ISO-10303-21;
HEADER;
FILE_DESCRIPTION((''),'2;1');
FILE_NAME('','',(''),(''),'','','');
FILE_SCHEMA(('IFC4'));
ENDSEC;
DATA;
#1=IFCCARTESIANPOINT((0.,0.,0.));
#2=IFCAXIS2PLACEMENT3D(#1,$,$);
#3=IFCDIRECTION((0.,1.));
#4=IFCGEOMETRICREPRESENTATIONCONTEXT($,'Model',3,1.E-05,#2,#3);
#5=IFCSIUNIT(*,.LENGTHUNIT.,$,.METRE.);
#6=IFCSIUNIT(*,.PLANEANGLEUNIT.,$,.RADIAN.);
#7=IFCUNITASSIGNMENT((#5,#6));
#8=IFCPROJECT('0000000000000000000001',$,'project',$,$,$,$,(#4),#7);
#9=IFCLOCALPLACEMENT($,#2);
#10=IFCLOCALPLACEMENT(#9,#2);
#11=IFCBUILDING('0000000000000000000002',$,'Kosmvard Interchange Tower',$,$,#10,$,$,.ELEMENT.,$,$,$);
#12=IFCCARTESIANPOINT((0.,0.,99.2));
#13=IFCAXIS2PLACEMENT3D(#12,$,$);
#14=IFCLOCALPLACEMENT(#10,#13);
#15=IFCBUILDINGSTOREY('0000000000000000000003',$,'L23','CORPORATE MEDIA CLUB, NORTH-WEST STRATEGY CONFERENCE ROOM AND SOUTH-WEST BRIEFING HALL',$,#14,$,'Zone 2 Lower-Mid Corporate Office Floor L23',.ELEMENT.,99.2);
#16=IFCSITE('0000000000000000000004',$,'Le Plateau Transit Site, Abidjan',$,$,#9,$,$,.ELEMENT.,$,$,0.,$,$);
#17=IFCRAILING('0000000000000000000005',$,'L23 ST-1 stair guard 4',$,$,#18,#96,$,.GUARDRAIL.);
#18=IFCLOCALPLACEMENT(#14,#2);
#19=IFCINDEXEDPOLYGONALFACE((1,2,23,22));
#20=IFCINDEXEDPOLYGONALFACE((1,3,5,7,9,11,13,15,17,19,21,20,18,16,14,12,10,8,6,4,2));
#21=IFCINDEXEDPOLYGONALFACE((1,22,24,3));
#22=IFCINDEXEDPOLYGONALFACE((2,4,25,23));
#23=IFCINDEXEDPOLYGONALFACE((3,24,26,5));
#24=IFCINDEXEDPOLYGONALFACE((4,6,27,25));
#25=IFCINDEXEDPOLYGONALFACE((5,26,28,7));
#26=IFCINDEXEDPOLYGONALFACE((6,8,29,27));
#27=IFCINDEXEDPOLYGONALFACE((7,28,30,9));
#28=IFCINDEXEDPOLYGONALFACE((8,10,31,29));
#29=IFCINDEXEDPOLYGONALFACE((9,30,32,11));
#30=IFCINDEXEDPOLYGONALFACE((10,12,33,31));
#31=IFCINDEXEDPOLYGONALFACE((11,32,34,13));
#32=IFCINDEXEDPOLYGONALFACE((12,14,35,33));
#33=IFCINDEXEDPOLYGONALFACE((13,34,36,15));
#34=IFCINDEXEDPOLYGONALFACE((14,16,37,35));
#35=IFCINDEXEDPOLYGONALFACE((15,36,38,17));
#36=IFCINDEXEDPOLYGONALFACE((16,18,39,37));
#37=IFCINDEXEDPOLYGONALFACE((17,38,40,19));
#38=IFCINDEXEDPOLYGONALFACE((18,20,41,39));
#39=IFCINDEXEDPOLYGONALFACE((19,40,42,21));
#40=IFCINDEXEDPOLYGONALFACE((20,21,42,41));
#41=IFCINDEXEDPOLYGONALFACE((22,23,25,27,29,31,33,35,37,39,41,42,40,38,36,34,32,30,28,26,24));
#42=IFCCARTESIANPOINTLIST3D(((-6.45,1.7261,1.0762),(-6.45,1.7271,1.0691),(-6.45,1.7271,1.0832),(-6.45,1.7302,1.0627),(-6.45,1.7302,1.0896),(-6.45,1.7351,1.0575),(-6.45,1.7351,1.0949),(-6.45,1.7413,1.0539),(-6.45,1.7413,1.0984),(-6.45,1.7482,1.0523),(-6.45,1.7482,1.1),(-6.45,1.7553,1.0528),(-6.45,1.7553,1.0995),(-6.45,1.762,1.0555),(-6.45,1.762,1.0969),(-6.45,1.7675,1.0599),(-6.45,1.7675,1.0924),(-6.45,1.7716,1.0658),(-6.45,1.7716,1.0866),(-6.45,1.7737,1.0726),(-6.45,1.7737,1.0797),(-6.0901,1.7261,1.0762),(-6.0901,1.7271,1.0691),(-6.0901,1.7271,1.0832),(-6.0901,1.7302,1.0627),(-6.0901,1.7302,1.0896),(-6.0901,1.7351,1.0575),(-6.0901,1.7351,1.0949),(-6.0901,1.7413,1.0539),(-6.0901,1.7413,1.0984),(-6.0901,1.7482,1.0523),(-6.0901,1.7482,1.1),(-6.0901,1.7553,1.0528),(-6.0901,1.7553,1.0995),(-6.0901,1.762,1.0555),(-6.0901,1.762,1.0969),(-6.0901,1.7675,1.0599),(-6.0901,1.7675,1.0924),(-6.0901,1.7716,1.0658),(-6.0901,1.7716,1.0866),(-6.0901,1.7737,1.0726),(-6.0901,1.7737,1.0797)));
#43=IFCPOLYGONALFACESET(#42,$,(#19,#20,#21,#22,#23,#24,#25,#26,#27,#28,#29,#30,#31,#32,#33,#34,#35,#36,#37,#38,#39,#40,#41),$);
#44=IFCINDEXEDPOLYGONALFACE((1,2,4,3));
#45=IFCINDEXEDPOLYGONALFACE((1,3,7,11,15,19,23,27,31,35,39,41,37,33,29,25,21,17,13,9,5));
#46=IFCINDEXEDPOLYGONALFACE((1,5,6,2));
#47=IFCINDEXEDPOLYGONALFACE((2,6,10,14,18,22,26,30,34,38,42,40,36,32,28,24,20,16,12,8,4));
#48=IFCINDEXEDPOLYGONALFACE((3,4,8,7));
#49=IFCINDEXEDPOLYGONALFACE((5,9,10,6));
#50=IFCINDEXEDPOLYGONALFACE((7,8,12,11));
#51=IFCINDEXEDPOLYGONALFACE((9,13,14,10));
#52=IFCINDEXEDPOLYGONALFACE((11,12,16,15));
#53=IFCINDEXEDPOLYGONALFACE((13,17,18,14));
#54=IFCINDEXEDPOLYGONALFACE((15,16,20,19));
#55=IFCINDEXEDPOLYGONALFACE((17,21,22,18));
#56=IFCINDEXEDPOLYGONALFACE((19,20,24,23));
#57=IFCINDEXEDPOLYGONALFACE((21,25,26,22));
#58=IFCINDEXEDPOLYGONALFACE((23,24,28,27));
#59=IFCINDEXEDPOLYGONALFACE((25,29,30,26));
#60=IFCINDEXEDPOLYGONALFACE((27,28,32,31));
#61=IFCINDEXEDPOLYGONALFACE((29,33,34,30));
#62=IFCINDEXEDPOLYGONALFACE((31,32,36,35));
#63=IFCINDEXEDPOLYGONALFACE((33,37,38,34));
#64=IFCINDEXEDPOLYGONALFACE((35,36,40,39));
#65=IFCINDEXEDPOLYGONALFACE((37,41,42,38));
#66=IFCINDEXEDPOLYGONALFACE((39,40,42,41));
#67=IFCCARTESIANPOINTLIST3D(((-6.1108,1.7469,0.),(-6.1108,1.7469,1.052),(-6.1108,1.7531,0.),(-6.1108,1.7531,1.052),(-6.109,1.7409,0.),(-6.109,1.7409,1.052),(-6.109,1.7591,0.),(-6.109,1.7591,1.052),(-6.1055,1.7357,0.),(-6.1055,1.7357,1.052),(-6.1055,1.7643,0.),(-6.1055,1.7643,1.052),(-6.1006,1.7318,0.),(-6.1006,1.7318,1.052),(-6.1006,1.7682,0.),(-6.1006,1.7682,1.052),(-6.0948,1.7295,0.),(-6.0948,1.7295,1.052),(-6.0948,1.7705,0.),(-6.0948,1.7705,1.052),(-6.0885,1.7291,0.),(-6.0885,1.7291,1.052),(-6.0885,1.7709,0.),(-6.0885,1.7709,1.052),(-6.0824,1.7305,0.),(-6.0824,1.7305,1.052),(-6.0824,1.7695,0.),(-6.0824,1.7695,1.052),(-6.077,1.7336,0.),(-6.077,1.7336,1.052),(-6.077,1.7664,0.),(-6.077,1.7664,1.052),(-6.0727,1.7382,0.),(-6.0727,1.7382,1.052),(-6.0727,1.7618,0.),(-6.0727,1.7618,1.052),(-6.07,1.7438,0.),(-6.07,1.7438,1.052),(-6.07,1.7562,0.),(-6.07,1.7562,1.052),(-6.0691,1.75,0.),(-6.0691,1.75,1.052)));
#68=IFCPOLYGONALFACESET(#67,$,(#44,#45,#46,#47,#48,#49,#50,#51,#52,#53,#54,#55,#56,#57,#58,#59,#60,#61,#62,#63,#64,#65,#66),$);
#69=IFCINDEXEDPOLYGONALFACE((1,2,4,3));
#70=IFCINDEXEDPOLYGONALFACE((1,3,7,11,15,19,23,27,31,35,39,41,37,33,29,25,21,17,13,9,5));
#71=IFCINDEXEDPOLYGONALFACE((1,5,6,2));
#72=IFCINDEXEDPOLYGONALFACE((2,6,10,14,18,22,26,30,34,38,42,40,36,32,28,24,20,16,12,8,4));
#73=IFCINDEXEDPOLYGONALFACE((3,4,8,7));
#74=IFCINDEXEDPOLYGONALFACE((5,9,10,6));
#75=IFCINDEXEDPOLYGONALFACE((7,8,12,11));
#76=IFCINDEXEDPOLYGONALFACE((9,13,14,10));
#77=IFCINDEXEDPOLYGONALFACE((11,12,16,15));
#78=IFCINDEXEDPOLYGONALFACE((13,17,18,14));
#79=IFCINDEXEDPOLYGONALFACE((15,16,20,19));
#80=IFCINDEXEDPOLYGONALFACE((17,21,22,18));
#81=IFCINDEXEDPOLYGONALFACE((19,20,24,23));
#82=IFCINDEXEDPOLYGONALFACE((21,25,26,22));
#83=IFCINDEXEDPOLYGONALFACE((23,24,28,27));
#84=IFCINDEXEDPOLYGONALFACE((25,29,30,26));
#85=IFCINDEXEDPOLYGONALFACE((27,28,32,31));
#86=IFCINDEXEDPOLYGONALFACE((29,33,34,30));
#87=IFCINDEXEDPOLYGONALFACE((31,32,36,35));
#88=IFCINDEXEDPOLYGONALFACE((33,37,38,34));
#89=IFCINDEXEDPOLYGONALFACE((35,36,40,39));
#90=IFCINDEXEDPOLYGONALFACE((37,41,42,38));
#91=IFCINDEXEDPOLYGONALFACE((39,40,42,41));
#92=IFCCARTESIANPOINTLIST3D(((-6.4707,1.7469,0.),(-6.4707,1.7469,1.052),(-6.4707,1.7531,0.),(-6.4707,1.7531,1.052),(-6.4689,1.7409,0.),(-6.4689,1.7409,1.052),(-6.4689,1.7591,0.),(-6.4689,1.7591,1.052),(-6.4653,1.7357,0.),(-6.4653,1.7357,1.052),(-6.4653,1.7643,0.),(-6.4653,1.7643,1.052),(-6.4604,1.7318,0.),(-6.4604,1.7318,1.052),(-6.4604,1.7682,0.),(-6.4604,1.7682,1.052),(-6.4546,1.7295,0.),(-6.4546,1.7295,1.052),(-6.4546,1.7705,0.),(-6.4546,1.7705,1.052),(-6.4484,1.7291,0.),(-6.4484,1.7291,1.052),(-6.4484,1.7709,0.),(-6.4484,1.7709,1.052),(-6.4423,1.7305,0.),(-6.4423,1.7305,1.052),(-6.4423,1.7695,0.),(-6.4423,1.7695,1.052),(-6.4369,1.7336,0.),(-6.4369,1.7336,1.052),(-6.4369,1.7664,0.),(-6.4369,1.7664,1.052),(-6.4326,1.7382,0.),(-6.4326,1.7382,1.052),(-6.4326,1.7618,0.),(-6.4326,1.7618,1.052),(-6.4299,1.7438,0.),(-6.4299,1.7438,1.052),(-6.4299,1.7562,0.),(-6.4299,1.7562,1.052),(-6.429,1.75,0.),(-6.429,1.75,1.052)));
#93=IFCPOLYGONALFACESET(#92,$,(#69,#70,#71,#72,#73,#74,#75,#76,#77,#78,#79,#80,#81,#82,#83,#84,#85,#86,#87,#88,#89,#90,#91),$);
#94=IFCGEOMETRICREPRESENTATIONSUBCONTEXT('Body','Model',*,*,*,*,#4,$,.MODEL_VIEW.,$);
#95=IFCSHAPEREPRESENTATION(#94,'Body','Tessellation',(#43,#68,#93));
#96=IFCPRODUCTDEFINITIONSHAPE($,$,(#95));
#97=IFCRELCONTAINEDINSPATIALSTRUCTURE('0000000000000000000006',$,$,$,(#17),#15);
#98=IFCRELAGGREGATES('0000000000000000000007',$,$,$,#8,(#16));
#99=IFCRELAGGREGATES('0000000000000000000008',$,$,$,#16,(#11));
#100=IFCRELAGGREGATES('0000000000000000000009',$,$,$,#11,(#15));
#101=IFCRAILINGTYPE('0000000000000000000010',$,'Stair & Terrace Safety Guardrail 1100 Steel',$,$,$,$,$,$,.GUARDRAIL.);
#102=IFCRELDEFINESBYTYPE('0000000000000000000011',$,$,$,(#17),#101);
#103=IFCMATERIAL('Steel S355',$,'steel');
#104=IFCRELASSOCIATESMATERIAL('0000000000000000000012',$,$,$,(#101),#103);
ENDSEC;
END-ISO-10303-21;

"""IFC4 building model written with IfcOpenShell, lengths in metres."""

from ifc_helpers import new_model, si_unit, direction, frame, origin, origin_2d, place, context, subcontext, project, spatial, circle, extrude, source, transform, mapped, material, type_object, element, save


model = new_model("IFC4")

# Units and contexts
model_context = context("Model", 3, precision=1e-05, world=origin(), true_north=direction((0.0, 1.0)))
body_context = subcontext(model_context, "Body", "Model", "MODEL_VIEW")
ifc_project = project(units=[si_unit("LENGTHUNIT", "METRE"), si_unit("PLANEANGLEUNIT", "RADIAN")], contexts=[model_context])

# Site, building, storey
site_placement = place(None, origin())
site = spatial("IfcSite", under=ifc_project, at=site_placement, Name="Le Plateau Transit Site, Abidjan", CompositionType="ELEMENT", RefElevation=0.0)
building_placement = place(site_placement, origin())
building = spatial("IfcBuilding", under=site, at=building_placement, Name="Kosmvard Interchange Tower", CompositionType="ELEMENT")
storey_placement = place(building_placement, frame((0.0, 0.0, 99.2)))
storey = spatial("IfcBuildingStorey", under=building, at=storey_placement, Name="L23", Description="CORPORATE MEDIA CLUB, NORTH-WEST STRATEGY CONFERENCE ROOM AND SOUTH-WEST BRIEFING HALL", LongName="Zone 2 Lower-Mid Corporate Office Floor L23", CompositionType="ELEMENT", Elevation=99.2)

# Shared definitions
ifc_material_1 = material(Name="Steel S355", Category="steel")

# Railing
railing_type_1 = type_object("IfcRailingType", Name="Stair & Terrace Safety Guardrail 1100 Steel", PredefinedType="GUARDRAIL", material=ifc_material_1)
shared_shape_1 = source(origin(), body_context, "Body", "SweptSolid", [
    extrude(circle(Radius=0.0239, at=origin_2d()), frame((0.0, 0.0, 1.0762), z_axis=(-1.0, 0.0, 0.0), x_axis=(0.0, -1.0, 0.0)), (0.0, 0.0, 1.0), 0.3599),
    extrude(circle(Radius=0.021, at=origin_2d()), origin(), (0.0, 0.0, 1.0), 1.052),
    extrude(circle(Radius=0.021, at=origin_2d()), frame((-0.3599, 0.0, 0.0)), (0.0, 0.0, 1.0), 1.052),
])
railing_1_placement = place(storey_placement, frame((-6.0901, 1.75, 0.0)))
element("IfcRailing", 1, at=railing_1_placement, inside=storey, type_object=railing_type_1, Name="L23 ST-1 stair guard 4", PredefinedType="GUARDRAIL", context=body_context, shape_type="MappedRepresentation", body=[
    mapped(shared_shape_1, transform((0.0, 0.0, 0.0), scale=1.0)),
])

save(model, "model.ifc")
